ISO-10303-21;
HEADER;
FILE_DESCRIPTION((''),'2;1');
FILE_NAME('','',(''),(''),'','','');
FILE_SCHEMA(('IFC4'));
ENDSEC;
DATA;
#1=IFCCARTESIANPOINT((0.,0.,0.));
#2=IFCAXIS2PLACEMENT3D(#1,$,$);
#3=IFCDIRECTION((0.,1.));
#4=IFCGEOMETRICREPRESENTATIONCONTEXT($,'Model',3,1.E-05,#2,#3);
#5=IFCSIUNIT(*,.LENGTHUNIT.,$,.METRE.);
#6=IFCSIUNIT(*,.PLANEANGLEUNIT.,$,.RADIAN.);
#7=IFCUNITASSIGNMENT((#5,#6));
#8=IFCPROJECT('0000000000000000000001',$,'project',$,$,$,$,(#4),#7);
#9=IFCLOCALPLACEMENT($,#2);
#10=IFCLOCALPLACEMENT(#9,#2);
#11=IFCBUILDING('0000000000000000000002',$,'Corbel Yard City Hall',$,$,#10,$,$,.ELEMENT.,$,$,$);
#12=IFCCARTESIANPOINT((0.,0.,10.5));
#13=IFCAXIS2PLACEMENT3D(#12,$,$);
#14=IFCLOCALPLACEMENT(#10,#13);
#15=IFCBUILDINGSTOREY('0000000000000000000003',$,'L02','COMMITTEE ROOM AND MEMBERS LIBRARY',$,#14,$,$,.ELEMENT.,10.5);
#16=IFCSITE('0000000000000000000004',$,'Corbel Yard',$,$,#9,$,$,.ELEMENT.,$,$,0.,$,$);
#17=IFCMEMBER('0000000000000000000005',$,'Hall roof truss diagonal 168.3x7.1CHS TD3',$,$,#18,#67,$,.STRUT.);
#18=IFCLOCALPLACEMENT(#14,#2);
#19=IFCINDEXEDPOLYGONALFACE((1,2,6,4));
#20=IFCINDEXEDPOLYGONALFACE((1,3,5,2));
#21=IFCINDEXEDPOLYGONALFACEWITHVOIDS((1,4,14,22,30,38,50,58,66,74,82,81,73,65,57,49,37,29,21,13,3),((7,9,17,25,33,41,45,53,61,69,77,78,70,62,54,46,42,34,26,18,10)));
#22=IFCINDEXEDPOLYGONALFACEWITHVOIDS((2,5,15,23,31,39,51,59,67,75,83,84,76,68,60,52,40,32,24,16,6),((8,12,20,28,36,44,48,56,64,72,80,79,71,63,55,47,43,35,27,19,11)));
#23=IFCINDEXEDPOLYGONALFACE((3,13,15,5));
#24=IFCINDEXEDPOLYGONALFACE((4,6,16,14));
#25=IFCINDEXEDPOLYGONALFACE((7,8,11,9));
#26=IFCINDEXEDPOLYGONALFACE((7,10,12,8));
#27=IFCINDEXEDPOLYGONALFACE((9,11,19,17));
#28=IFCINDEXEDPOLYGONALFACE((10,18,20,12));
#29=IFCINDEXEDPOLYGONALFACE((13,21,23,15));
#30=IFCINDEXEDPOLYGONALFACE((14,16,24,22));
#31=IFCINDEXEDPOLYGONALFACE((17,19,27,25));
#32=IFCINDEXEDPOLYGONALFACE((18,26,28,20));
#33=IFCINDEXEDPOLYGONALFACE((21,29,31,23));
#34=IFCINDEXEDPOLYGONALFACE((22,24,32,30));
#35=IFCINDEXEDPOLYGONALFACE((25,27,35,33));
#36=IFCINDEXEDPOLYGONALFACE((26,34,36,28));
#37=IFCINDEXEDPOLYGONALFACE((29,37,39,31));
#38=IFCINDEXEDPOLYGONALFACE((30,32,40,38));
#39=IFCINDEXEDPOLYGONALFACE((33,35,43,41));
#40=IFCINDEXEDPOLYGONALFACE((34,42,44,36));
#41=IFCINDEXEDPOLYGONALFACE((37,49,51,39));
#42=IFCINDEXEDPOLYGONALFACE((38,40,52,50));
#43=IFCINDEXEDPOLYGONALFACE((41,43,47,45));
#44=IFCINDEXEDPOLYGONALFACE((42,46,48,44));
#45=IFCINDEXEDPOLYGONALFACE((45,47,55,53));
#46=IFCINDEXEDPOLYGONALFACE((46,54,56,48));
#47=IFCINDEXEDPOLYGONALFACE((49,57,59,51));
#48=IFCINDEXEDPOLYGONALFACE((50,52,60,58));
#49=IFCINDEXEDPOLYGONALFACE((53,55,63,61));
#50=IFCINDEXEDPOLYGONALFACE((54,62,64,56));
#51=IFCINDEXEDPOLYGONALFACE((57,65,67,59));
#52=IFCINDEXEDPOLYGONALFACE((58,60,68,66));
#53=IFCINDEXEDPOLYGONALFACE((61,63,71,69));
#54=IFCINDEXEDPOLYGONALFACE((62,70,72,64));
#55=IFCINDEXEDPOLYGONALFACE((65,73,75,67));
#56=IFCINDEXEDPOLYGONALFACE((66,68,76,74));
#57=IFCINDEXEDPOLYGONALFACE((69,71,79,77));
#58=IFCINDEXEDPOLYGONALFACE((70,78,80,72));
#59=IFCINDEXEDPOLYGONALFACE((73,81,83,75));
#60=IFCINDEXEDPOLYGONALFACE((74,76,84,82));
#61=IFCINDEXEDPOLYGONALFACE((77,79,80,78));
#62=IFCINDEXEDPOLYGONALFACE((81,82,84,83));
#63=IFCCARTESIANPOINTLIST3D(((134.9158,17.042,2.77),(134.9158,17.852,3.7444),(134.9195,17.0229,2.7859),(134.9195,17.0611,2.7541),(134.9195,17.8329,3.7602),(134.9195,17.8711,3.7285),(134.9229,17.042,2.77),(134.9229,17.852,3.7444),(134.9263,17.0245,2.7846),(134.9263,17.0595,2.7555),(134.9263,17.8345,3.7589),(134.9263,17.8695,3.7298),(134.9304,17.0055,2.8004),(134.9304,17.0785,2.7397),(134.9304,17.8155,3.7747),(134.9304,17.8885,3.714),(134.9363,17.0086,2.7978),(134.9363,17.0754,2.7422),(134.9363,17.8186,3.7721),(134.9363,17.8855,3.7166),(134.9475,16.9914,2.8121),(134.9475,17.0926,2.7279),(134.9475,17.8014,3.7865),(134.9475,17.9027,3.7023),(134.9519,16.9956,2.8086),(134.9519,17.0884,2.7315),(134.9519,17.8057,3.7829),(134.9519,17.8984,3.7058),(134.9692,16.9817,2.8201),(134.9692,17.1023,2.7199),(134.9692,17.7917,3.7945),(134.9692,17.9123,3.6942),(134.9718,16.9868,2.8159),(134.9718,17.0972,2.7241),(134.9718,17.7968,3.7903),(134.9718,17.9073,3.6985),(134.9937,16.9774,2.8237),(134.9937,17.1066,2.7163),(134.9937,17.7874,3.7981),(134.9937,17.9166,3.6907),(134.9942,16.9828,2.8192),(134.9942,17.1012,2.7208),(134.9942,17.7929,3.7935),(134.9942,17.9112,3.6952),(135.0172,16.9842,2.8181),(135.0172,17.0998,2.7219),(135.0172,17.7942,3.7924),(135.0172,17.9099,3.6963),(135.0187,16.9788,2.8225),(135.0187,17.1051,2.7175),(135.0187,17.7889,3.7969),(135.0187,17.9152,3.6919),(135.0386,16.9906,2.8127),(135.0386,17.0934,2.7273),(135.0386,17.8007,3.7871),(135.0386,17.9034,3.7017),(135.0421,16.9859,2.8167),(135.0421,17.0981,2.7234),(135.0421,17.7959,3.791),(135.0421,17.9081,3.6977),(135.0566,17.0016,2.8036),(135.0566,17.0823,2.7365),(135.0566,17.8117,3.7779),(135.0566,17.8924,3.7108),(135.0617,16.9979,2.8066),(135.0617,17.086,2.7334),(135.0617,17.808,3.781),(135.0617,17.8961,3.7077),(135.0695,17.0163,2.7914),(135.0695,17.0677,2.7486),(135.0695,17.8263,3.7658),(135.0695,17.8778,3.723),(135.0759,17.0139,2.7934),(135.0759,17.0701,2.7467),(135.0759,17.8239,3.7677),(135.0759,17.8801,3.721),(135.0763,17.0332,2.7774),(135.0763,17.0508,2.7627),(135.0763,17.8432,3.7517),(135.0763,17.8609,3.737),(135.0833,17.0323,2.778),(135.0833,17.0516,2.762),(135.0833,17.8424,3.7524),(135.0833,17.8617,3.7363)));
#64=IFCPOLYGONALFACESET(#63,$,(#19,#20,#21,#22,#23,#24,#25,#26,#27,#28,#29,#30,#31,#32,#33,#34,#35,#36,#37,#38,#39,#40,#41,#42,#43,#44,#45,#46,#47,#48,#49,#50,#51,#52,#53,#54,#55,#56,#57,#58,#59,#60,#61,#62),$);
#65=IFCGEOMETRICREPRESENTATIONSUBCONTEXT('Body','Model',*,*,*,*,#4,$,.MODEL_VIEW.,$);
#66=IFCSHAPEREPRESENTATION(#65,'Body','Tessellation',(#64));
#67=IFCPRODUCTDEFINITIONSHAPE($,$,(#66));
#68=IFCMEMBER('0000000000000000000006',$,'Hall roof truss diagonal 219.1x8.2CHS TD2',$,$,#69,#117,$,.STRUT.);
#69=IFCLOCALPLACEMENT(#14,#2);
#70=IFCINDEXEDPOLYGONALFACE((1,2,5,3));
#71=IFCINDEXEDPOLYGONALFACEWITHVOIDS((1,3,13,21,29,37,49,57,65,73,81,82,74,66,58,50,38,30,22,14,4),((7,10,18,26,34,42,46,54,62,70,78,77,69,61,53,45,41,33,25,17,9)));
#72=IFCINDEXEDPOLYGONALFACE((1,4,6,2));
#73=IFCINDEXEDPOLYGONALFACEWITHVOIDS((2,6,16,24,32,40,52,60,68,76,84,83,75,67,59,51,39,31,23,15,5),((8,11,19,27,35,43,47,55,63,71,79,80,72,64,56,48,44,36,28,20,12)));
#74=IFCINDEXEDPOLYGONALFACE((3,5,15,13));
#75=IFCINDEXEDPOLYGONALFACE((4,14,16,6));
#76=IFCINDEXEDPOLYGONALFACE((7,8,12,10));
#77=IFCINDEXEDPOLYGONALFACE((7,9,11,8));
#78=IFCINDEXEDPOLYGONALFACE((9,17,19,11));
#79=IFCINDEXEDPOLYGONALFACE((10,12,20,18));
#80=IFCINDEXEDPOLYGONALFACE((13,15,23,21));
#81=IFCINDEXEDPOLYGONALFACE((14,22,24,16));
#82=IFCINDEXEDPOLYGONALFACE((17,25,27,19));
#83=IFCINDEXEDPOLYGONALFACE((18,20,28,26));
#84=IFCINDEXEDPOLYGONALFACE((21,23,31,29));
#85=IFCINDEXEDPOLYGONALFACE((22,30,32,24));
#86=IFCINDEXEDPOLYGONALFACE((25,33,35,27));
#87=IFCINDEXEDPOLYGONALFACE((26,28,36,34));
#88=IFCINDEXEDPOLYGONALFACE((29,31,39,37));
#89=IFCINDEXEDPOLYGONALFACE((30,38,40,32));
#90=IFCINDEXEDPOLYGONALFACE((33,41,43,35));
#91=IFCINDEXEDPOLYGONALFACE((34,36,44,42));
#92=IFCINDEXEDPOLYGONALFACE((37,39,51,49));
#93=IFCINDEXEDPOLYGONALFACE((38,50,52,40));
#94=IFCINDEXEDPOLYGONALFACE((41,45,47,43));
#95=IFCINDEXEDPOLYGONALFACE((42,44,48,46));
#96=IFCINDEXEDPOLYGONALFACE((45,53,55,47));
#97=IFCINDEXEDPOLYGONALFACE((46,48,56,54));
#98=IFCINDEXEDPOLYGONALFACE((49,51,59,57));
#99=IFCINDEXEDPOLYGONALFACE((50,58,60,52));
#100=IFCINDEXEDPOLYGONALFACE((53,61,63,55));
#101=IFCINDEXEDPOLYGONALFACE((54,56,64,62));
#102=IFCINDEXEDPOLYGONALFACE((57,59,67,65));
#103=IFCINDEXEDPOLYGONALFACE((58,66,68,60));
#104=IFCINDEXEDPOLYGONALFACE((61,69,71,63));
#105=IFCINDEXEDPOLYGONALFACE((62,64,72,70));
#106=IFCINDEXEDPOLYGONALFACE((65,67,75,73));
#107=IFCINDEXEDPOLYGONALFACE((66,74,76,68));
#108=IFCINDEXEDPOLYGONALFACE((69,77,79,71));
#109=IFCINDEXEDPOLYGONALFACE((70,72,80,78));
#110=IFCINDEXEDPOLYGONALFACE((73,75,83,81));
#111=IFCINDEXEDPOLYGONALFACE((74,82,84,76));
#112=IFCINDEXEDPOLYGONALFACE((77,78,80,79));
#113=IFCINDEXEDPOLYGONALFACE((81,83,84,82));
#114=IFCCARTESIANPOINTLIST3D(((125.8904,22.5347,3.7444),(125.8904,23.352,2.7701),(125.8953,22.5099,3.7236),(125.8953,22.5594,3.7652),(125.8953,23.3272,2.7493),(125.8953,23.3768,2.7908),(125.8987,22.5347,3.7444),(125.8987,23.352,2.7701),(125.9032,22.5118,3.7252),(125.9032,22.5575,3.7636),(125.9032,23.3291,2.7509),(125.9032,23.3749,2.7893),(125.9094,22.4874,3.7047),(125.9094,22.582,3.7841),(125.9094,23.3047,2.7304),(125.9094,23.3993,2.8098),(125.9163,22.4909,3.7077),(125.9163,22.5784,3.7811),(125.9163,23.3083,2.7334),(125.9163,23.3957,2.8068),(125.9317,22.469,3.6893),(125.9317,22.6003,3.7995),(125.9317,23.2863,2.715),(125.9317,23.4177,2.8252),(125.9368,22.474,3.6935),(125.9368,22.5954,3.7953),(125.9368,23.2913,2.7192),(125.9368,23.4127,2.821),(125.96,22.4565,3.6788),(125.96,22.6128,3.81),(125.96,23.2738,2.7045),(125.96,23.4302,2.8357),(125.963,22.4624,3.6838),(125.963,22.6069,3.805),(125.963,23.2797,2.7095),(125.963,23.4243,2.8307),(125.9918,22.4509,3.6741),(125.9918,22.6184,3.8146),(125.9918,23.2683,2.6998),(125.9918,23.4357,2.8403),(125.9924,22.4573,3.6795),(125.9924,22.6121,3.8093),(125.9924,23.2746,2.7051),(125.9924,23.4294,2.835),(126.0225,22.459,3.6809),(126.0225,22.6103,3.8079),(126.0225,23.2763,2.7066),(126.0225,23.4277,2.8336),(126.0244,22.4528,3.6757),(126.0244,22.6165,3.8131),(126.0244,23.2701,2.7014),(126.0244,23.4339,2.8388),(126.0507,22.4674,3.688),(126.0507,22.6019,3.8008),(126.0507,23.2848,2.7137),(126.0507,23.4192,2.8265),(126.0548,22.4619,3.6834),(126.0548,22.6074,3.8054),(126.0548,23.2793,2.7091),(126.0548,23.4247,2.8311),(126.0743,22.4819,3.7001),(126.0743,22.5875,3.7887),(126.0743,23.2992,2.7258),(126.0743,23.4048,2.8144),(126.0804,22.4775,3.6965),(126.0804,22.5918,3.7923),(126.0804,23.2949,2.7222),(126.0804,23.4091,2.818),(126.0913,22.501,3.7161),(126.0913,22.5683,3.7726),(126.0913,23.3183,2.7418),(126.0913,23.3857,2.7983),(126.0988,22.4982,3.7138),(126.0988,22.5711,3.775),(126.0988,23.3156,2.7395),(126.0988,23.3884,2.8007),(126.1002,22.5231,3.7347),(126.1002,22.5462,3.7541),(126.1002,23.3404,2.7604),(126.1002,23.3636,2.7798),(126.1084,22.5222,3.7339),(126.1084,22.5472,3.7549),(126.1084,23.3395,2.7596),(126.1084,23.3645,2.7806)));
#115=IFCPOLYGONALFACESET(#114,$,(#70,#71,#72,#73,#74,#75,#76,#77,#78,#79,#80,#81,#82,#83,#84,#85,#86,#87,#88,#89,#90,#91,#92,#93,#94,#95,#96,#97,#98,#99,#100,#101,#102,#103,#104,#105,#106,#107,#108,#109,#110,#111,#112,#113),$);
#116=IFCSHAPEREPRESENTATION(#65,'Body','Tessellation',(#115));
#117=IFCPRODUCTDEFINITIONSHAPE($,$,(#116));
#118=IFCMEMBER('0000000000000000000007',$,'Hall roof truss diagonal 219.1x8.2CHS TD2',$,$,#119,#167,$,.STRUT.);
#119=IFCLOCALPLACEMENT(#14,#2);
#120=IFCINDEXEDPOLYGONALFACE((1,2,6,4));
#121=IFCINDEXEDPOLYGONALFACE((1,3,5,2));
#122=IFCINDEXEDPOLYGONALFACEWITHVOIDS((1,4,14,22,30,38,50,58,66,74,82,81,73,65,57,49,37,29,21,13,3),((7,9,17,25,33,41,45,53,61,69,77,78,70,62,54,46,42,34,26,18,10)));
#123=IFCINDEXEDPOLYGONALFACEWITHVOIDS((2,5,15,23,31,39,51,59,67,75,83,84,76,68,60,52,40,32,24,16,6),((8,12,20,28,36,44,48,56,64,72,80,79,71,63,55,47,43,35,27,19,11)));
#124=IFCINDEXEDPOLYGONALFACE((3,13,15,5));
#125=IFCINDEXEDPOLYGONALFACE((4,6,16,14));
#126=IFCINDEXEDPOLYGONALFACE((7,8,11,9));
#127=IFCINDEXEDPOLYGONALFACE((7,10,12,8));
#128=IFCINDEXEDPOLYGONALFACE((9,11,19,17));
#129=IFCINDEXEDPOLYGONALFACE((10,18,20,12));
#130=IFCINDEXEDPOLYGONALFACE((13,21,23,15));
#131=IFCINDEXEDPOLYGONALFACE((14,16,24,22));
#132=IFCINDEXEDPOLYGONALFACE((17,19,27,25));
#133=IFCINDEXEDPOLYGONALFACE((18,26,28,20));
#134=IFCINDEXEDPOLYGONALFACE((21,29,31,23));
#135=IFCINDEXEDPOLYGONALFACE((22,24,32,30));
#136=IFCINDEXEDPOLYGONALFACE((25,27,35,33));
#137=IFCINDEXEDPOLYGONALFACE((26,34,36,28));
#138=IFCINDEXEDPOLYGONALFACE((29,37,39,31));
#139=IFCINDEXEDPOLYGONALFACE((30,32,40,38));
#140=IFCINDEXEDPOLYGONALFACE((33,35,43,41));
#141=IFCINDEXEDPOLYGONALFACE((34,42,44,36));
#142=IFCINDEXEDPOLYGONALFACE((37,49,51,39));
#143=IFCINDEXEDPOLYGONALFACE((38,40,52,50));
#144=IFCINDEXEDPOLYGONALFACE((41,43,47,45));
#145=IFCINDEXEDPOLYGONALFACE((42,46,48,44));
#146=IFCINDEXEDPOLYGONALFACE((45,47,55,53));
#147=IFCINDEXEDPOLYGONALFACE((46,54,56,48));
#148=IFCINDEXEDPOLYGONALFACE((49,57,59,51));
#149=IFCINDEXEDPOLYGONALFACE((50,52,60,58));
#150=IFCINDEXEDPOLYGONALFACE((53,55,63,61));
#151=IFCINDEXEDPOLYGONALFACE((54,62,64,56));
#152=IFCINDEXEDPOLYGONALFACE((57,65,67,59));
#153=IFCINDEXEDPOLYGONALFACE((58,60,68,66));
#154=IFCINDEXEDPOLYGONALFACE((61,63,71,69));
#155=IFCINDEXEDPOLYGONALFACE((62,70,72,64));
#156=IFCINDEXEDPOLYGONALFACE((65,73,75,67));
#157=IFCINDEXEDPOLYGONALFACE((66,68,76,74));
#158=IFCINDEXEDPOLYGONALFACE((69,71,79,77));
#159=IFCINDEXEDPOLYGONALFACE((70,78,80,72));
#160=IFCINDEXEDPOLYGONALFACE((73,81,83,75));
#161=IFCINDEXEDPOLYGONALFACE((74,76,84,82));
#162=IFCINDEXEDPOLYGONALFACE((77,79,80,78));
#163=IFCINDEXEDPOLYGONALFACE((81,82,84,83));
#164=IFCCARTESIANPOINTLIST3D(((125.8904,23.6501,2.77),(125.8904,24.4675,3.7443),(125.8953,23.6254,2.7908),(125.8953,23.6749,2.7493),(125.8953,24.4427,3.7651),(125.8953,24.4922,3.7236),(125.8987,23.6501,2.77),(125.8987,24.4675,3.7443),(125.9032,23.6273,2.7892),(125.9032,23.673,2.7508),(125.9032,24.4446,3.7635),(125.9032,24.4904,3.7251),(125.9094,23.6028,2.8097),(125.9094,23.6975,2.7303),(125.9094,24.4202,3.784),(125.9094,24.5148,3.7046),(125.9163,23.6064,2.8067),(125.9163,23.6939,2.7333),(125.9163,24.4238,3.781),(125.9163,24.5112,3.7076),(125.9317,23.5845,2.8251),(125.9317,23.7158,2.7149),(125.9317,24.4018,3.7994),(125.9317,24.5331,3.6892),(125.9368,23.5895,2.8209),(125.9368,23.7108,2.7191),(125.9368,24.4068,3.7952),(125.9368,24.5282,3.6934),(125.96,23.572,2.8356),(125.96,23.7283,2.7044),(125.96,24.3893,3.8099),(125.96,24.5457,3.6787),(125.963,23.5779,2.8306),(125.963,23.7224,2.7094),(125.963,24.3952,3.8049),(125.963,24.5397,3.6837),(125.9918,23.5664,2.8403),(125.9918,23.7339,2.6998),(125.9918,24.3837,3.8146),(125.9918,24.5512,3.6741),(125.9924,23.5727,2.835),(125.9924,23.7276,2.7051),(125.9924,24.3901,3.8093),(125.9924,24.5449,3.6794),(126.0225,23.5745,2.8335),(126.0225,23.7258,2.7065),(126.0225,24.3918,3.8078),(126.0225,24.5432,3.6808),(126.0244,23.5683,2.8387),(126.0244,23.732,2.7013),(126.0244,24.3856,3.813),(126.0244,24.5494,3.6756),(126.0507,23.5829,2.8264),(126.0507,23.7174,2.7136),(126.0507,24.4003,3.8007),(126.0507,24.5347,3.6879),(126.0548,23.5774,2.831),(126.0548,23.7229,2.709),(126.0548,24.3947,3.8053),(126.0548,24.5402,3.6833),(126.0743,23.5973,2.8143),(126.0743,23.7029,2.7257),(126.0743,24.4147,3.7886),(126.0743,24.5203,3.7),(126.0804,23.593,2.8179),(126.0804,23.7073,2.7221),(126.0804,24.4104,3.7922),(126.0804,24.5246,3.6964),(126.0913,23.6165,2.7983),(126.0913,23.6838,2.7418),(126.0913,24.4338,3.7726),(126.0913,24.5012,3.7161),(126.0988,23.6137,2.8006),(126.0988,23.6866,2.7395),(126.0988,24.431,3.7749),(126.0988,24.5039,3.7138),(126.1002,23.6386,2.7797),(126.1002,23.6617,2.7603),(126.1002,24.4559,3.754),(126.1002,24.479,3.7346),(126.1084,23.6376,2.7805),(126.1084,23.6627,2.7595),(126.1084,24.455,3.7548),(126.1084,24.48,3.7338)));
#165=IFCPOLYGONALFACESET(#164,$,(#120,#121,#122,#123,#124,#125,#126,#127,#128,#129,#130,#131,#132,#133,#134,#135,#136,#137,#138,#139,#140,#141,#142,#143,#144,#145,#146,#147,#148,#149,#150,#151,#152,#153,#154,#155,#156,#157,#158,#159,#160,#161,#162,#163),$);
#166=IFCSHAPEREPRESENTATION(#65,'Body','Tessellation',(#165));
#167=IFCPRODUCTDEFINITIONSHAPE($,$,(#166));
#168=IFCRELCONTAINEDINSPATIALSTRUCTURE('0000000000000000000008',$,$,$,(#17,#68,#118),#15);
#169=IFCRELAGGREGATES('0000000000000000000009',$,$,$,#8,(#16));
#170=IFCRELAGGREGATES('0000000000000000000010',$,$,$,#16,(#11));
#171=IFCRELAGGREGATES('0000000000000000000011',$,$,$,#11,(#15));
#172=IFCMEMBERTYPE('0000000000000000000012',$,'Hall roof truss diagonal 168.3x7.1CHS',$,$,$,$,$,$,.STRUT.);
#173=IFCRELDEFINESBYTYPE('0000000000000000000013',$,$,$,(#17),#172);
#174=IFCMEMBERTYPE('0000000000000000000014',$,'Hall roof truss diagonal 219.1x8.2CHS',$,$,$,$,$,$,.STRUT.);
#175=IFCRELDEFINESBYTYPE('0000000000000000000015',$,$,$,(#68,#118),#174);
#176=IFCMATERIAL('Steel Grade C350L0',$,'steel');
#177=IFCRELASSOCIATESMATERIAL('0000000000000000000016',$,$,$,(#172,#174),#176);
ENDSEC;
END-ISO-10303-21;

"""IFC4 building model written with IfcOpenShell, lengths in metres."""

from ifc_helpers import new_model, si_unit, direction, frame, origin, origin_2d, place, context, subcontext, project, spatial, hollow_circle, extrude, material, material_profile, profile_set, type_object, element, save


model = new_model("IFC4")

# Units and contexts
model_context = context("Model", 3, precision=1e-05, world=origin(), true_north=direction((0.0, 1.0)))
body_context = subcontext(model_context, "Body", "Model", "MODEL_VIEW")
ifc_project = project(units=[si_unit("LENGTHUNIT", "METRE"), si_unit("PLANEANGLEUNIT", "RADIAN")], contexts=[model_context])

# Site, building, storey
site_placement = place(None, origin())
site = spatial("IfcSite", under=ifc_project, at=site_placement, Name="Corbel Yard", CompositionType="ELEMENT", RefElevation=0.0)
building_placement = place(site_placement, origin())
building = spatial("IfcBuilding", under=site, at=building_placement, Name="Corbel Yard City Hall", CompositionType="ELEMENT")
storey_placement = place(building_placement, frame((0.0, 0.0, 10.5)))
storey = spatial("IfcBuildingStorey", under=building, at=storey_placement, Name="L02", Description="COMMITTEE ROOM AND MEMBERS LIBRARY", CompositionType="ELEMENT", Elevation=10.5)

# Members
ifc_material_1 = material(Name="Steel Grade C350L0", Category="steel")
ifc_material_profile_1 = material_profile(ifc_material_1, hollow_circle(Radius=0.0842, WallThickness=0.0071, at=origin_2d()), Name="168.3x7.1CHS")
ifc_profile_set_1 = profile_set([ifc_material_profile_1], Name="Steel Grade C350L0")
member_type_1 = type_object("IfcMemberType", Name="Hall roof truss diagonal 168.3x7.1CHS", PredefinedType="STRUT", material=ifc_profile_set_1)
member_1_placement = place(storey_placement, frame((135.0, 17.042, 2.77), z_axis=(0.0, 0.639293, 0.768963), x_axis=(-1.0, 0.0, 0.0)))
element("IfcMember", 1, at=member_1_placement, inside=storey, type_object=member_type_1, Name="Hall roof truss diagonal 168.3x7.1CHS TD3", PredefinedType="STRUT", context=body_context, shape_type="SweptSolid", body=[
    extrude(hollow_circle(Radius=0.0842, WallThickness=0.0071, at=origin_2d()), origin(), (0.0, 0.0, 1.0), 1.2671),
])
ifc_material_profile_2 = material_profile(ifc_material_1, hollow_circle(Radius=0.1096, WallThickness=0.0083, at=origin_2d()), Name="219.1x8.2CHS")
ifc_profile_set_2 = profile_set([ifc_material_profile_2], Name="Steel Grade C350L0")
member_type_2 = type_object("IfcMemberType", Name="Hall roof truss diagonal 219.1x8.2CHS", PredefinedType="STRUT", material=ifc_profile_set_2)
for number, where, z_axis, x_axis, name in (
    (2, (126.0, 22.5347, 3.7444), (0.0, 0.642692, -0.766124), (-1.0, 0.0, 0.0), "Hall roof truss diagonal 219.1x8.2CHS TD2"),
    (3, (126.0, 23.6501, 2.77), (0.0, 0.642692, 0.766124), (-1.0, 0.0, 0.0), "Hall roof truss diagonal 219.1x8.2CHS TD2"),
):
    element("IfcMember", number, at=place(storey_placement, frame(where, z_axis=z_axis, x_axis=x_axis)), inside=storey, type_object=member_type_2, Name=name, PredefinedType="STRUT", context=body_context, shape_type="SweptSolid", body=[
        extrude(hollow_circle(Radius=0.1096, WallThickness=0.0083, at=origin_2d()), origin(), (0.0, 0.0, 1.0), 1.2717),
    ])

save(model, "model.ifc")
